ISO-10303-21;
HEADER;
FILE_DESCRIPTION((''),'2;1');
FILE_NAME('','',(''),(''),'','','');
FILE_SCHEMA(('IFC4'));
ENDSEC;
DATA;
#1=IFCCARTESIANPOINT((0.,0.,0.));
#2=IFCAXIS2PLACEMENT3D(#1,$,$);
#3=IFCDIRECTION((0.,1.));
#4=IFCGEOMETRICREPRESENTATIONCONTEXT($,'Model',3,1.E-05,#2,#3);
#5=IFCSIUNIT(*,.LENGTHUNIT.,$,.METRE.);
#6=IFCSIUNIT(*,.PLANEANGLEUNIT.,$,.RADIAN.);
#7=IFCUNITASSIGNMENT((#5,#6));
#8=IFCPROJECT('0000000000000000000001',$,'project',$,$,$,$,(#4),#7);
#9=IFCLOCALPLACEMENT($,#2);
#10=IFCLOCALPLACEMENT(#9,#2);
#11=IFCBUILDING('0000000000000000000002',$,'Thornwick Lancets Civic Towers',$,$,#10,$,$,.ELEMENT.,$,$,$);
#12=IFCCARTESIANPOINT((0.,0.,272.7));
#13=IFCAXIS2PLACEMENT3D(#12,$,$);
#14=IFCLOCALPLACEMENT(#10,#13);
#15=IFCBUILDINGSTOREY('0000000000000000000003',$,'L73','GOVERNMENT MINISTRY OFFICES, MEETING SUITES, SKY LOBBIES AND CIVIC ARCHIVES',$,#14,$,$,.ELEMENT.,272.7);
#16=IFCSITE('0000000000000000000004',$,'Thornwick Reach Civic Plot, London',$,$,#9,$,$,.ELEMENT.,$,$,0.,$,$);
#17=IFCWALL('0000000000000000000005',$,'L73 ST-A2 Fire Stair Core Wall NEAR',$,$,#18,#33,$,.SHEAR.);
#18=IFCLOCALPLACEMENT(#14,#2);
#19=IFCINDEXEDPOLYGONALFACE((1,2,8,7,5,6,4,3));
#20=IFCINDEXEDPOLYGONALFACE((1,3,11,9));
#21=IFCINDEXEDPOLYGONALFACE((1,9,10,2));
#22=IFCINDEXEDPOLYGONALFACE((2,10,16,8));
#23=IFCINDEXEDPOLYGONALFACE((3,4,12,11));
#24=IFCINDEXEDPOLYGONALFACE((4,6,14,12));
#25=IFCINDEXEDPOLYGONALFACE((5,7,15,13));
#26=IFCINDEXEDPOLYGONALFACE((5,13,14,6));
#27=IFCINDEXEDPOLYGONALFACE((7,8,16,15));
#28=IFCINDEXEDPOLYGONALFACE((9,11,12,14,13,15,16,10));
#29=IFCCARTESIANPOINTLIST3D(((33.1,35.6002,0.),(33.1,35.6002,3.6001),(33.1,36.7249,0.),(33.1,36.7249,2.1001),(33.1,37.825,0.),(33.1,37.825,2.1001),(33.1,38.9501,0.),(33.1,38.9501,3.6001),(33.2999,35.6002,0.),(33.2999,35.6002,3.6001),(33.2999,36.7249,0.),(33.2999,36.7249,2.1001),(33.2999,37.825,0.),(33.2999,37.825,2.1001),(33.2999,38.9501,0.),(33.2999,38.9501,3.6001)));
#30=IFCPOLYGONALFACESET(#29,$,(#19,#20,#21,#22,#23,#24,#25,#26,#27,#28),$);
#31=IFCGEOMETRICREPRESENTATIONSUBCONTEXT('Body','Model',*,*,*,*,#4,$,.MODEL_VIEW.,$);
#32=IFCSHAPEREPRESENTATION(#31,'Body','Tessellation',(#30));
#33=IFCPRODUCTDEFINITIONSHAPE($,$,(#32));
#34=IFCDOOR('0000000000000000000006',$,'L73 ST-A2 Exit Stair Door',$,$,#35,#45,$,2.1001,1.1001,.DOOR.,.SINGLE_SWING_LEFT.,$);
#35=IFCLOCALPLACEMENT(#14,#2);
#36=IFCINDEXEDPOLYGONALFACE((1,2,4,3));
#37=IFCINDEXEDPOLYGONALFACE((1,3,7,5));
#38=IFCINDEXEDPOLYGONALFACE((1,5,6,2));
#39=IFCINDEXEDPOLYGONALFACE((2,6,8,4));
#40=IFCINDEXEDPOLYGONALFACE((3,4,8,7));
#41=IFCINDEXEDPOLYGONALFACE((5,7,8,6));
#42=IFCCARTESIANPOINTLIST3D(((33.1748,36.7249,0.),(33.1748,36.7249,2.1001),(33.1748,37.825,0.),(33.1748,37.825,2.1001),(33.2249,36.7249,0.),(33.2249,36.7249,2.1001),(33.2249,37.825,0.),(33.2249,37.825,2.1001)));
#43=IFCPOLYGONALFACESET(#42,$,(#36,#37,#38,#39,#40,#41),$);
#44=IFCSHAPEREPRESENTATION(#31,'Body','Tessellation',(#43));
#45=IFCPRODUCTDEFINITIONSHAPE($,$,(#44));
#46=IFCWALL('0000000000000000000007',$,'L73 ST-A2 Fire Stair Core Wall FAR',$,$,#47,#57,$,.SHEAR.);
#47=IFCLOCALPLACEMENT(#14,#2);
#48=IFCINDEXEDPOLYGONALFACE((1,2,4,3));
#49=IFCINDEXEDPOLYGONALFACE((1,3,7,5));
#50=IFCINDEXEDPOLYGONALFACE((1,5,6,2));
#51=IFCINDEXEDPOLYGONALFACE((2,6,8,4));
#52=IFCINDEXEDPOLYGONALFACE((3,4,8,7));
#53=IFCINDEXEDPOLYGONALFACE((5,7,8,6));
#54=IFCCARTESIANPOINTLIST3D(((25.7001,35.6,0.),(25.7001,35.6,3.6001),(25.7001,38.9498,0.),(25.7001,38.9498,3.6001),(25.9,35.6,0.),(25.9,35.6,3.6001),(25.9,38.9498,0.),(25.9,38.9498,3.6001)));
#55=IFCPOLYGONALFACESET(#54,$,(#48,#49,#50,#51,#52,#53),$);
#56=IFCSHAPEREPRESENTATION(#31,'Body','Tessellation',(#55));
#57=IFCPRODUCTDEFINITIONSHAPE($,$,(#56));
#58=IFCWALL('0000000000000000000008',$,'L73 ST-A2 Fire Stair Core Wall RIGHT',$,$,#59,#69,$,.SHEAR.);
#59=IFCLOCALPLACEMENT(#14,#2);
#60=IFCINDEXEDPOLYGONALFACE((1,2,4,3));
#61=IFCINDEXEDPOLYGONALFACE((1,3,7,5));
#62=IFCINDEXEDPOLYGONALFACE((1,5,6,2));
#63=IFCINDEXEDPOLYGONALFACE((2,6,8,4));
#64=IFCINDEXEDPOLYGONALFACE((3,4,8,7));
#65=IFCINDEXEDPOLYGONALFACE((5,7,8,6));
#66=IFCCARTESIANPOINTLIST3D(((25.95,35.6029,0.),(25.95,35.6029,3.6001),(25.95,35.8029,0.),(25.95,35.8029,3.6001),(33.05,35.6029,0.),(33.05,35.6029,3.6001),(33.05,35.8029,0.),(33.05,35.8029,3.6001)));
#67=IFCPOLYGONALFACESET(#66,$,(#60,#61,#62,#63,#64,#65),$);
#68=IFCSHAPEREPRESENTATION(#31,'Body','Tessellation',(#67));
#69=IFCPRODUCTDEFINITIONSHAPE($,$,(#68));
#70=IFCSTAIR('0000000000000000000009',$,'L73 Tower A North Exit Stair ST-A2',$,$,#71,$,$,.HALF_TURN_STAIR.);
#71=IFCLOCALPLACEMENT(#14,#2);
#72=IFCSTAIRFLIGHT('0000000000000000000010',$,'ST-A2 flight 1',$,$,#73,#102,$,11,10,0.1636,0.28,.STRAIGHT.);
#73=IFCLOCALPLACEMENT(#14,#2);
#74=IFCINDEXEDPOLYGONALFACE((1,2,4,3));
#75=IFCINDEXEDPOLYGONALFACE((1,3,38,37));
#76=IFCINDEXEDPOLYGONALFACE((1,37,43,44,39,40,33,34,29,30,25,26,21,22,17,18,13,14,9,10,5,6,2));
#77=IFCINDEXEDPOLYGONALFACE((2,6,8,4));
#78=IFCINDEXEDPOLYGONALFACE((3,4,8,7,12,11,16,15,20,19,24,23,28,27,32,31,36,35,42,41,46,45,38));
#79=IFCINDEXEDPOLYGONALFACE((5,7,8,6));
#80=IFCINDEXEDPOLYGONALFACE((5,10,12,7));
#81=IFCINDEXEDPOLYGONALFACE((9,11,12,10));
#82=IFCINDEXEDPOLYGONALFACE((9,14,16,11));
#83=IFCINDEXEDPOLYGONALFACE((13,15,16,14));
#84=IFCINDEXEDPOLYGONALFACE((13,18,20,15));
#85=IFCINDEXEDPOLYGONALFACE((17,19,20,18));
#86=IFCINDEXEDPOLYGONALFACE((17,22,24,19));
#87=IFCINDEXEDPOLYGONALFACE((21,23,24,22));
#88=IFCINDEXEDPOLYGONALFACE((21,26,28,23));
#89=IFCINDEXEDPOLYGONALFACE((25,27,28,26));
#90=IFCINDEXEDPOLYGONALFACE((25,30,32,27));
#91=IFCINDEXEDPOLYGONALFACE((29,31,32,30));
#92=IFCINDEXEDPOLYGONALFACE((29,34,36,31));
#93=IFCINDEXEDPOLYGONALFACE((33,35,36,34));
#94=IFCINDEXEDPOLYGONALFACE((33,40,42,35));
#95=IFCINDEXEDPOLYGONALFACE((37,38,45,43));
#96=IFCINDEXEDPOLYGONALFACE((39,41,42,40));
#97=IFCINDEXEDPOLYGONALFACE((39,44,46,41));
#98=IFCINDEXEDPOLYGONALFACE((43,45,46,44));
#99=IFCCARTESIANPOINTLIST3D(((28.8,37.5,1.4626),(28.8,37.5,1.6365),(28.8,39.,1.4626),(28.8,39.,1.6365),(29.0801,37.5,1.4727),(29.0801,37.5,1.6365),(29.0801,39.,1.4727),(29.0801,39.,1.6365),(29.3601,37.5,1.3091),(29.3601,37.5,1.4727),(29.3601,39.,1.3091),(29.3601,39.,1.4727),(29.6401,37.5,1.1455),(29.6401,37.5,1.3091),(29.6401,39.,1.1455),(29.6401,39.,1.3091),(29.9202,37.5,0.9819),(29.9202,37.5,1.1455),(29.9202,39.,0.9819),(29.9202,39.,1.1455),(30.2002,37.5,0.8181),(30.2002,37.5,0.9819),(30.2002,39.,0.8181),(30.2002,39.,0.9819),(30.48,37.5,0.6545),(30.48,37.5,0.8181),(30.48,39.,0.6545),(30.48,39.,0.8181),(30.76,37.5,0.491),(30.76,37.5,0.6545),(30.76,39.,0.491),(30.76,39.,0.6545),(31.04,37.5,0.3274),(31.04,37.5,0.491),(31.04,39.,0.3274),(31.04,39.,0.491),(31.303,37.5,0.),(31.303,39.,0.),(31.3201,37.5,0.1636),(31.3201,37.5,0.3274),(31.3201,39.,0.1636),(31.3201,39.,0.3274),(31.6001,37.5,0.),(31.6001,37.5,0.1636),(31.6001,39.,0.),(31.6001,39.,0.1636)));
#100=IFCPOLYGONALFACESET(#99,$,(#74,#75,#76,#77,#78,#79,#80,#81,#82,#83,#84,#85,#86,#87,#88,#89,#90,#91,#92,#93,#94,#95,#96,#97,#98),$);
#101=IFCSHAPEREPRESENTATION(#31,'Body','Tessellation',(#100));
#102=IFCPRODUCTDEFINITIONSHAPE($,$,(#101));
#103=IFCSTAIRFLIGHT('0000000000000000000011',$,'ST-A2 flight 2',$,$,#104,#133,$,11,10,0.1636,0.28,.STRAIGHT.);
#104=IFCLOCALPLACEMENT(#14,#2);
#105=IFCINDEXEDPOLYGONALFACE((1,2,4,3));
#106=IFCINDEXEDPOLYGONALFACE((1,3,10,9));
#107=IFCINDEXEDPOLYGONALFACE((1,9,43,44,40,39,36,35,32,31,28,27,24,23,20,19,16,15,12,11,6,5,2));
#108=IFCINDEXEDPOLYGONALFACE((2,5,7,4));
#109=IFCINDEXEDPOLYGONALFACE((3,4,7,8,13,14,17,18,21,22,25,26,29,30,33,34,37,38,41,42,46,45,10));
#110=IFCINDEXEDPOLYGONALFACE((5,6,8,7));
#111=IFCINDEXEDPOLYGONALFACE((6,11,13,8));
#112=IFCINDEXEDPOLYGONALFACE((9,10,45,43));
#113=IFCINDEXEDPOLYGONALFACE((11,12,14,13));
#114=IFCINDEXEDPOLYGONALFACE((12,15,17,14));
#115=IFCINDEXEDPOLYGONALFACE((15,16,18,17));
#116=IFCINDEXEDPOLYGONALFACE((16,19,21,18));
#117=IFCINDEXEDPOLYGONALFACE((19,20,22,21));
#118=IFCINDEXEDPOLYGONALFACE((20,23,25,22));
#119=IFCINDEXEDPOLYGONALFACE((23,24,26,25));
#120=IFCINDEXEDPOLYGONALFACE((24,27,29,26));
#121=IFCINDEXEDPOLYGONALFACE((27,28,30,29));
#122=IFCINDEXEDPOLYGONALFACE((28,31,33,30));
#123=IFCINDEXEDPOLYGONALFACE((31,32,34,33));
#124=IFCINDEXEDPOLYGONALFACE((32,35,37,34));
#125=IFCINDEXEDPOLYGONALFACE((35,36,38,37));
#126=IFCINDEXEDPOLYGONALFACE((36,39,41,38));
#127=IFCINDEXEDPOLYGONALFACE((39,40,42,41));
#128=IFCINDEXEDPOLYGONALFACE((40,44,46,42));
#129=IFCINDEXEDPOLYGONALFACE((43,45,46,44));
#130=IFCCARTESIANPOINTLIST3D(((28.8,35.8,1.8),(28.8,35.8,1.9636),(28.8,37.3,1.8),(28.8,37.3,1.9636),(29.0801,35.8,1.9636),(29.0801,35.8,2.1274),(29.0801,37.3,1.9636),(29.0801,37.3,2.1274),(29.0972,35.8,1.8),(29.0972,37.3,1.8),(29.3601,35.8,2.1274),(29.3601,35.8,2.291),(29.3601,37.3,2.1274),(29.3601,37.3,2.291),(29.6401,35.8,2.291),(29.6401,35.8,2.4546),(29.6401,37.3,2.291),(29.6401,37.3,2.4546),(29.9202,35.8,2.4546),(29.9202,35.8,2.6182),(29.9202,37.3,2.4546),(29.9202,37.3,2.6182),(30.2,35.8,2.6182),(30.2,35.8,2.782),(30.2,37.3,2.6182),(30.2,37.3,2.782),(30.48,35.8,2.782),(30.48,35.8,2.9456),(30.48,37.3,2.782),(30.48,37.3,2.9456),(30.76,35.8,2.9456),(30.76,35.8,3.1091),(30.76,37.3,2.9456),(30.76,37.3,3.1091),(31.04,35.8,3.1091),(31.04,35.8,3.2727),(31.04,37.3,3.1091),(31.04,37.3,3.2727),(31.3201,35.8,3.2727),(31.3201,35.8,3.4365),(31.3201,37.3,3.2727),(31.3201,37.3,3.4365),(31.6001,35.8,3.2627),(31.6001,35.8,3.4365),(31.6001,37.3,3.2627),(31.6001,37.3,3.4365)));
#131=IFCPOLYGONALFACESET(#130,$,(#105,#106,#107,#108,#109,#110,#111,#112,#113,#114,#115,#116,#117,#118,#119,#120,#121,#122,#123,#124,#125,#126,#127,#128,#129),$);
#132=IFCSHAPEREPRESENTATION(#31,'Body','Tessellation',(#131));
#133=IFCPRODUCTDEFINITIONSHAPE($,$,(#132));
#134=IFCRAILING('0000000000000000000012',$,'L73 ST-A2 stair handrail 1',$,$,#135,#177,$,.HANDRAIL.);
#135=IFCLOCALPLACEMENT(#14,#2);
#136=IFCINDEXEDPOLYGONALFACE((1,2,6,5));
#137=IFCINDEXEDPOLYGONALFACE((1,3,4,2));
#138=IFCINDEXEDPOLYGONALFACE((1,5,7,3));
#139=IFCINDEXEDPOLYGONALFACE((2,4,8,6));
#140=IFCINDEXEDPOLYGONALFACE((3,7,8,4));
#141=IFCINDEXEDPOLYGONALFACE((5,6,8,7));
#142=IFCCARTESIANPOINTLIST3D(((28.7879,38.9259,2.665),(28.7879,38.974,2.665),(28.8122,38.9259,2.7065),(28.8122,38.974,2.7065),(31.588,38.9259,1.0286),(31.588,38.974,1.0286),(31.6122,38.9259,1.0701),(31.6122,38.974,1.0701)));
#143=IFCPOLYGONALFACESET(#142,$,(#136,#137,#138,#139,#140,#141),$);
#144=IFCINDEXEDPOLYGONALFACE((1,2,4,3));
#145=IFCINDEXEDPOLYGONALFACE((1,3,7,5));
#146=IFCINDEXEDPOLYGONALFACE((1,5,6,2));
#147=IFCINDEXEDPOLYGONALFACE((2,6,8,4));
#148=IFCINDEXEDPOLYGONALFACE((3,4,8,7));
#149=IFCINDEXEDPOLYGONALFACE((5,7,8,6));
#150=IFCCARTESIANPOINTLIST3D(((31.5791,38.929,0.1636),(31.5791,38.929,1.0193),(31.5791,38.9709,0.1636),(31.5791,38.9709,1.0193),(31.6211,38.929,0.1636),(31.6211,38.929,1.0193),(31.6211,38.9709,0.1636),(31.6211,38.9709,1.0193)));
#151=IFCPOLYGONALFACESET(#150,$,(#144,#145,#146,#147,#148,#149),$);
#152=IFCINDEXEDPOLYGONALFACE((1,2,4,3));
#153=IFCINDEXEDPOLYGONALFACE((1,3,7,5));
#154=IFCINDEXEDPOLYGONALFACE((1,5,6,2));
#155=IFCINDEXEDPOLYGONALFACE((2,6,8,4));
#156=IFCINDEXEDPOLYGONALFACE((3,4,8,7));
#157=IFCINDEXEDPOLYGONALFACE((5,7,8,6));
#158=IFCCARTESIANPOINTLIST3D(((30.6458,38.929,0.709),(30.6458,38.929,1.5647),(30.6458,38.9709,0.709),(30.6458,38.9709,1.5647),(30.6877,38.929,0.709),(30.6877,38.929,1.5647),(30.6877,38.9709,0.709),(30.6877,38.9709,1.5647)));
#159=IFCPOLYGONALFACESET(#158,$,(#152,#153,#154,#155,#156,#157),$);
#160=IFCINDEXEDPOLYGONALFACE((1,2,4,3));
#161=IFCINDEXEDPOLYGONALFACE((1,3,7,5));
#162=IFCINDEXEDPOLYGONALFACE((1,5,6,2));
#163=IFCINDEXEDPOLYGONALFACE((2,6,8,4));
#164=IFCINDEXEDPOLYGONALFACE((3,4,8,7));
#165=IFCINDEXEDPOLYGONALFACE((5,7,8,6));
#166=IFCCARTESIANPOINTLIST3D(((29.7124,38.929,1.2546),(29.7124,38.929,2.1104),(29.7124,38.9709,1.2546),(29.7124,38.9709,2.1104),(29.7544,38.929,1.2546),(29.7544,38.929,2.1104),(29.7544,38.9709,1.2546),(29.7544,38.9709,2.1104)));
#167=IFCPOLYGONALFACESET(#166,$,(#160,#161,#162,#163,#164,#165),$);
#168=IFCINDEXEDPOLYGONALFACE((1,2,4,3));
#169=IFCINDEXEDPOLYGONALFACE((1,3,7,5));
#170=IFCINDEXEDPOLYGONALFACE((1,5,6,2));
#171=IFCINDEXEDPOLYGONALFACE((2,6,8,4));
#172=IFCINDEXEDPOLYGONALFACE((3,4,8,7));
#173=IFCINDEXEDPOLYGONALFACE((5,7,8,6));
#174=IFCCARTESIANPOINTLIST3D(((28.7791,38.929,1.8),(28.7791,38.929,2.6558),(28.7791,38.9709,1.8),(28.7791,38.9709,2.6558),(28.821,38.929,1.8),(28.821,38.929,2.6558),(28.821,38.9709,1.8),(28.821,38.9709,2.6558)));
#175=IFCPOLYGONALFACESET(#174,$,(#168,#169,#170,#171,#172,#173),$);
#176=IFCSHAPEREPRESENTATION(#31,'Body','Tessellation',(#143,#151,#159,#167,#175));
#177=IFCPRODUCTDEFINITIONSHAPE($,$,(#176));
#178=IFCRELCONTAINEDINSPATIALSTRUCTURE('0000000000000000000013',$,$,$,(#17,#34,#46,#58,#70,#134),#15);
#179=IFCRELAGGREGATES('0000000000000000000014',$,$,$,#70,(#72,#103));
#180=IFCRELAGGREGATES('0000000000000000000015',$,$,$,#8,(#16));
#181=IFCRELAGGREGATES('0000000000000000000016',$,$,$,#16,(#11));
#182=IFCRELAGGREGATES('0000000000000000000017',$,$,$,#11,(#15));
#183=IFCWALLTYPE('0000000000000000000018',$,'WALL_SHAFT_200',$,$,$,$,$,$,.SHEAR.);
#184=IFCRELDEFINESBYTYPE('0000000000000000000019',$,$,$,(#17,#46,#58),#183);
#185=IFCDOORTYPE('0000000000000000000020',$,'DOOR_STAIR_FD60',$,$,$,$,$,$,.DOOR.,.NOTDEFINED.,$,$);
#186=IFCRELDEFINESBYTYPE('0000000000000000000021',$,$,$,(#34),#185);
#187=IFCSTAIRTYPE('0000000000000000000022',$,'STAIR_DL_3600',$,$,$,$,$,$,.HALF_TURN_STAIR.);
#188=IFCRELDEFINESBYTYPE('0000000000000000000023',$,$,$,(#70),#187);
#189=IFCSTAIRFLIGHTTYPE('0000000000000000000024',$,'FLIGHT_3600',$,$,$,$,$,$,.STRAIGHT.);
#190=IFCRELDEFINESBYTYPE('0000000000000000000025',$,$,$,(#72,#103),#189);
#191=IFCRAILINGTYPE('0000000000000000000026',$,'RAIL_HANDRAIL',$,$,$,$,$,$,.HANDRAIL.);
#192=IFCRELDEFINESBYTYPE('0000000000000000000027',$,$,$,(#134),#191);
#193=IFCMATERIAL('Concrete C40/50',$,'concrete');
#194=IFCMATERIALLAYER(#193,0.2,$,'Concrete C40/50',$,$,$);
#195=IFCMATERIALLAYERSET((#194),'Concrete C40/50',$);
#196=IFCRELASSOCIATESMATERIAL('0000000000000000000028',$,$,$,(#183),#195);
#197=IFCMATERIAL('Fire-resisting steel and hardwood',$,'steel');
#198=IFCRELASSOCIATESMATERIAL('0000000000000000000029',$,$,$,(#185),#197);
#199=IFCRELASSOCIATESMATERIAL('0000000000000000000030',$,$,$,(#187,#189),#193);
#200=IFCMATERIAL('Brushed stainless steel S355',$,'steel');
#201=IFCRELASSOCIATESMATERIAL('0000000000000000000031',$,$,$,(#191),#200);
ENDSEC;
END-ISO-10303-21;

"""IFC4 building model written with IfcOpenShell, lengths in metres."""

from ifc_helpers import new_model, si_unit, direction, frame, frame_2d, origin, origin_2d, place, context, subcontext, project, spatial, polyline, rectangle, outline, extrude, material, layer, layer_set, type_object, element, fill, aggregate, save


model = new_model("IFC4")

# Units and contexts
model_context = context("Model", 3, precision=1e-05, world=origin(), true_north=direction((0.0, 1.0)))
body_context = subcontext(model_context, "Body", "Model", "MODEL_VIEW")
ifc_project = project(units=[si_unit("LENGTHUNIT", "METRE"), si_unit("PLANEANGLEUNIT", "RADIAN")], contexts=[model_context])

# Site, building, storey
site_placement = place(None, origin())
site = spatial("IfcSite", under=ifc_project, at=site_placement, Name="Thornwick Reach Civic Plot, London", CompositionType="ELEMENT", RefElevation=0.0)
building_placement = place(site_placement, origin())
building = spatial("IfcBuilding", under=site, at=building_placement, Name="Thornwick Lancets Civic Towers", CompositionType="ELEMENT")
storey_placement = place(building_placement, frame((0.0, 0.0, 272.7)))
storey = spatial("IfcBuildingStorey", under=building, at=storey_placement, Name="L73", Description="GOVERNMENT MINISTRY OFFICES, MEETING SUITES, SKY LOBBIES AND CIVIC ARCHIVES", CompositionType="ELEMENT", Elevation=272.7)

# Shared definitions
ifc_material_1 = material(Name="Concrete C40/50", Category="concrete")

# Wall, opening, door
ifc_layer_1 = layer(ifc_material_1, 0.2, Name="Concrete C40/50")
ifc_layer_set_1 = layer_set([ifc_layer_1], Name="Concrete C40/50")
wall_type_1 = type_object("IfcWallType", Name="WALL_SHAFT_200", PredefinedType="SHEAR", material=ifc_layer_set_1)
wall_1_placement = place(storey_placement, frame((33.2, 38.95, 0.0), z_axis=(0.0, 0.0, 1.0), x_axis=(0.0, -1.0, 0.0)))
wall_1 = element("IfcWall", 1, at=wall_1_placement, inside=storey, type_object=wall_type_1, Name="L73 ST-A2 Fire Stair Core Wall NEAR", PredefinedType="SHEAR", context=body_context, shape_type="SweptSolid", body=[
    extrude(rectangle(XDim=3.3499, YDim=0.2, at=frame_2d((1.6748, 0.0))), origin(), (0.0, 0.0, 1.0), 3.6001),
])
opening_1_placement = place(wall_1_placement, frame((1.125, 0.0, 0.0)))
opening_1 = element("IfcOpeningElement", 2, at=opening_1_placement, cuts=wall_1, PredefinedType="OPENING", context=body_context, shape_type="SweptSolid", body=[
    extrude(rectangle(XDim=1.1001, YDim=2.1001, at=frame_2d((0.55, 1.05))), frame((0.0, 0.1099, 0.0), z_axis=(0.0, -1.0, 0.0), x_axis=(1.0, 0.0, 0.0)), (0.0, 0.0, 1.0), 0.22),
])
ifc_material_2 = material(Name="Fire-resisting steel and hardwood", Category="steel")
door_type_1 = type_object("IfcDoorType", Name="DOOR_STAIR_FD60", OperationType="NOTDEFINED", PredefinedType="DOOR", material=ifc_material_2)
door_1_placement = place(opening_1_placement, origin())
door_1 = element("IfcDoor", 3, at=door_1_placement, inside=storey, type_object=door_type_1, Name="L73 ST-A2 Exit Stair Door", OperationType="SINGLE_SWING_LEFT", OverallHeight=2.1001, OverallWidth=1.1001, PredefinedType="DOOR", context=body_context, shape_type="SweptSolid", body=[
    extrude(rectangle(XDim=1.1001, YDim=2.1001, at=frame_2d((0.55, 1.05))), frame((0.0, 0.0249, 0.0), z_axis=(0.0, -1.0, 0.0), x_axis=(1.0, 0.0, 0.0)), (0.0, 0.0, 1.0), 0.05),
])
fill(opening_1, door_1)

# Walls
wall_2_placement = place(storey_placement, frame((25.8, 35.6001, 0.0), z_axis=(0.0, 0.0, 1.0), x_axis=(0.0, 1.0, 0.0)))
element("IfcWall", 4, at=wall_2_placement, inside=storey, type_object=wall_type_1, Name="L73 ST-A2 Fire Stair Core Wall FAR", PredefinedType="SHEAR", context=body_context, shape_type="SweptSolid", body=[
    extrude(rectangle(XDim=3.3499, YDim=0.2, at=frame_2d((1.6748, 0.0))), origin(), (0.0, 0.0, 1.0), 3.6001),
])
wall_3_placement = place(storey_placement, frame((25.95, 35.7029, 0.0), z_axis=(0.0, 0.0, 1.0), x_axis=(1.0, 0.0, 0.0)))
element("IfcWall", 5, at=wall_3_placement, inside=storey, type_object=wall_type_1, Name="L73 ST-A2 Fire Stair Core Wall RIGHT", PredefinedType="SHEAR", context=body_context, shape_type="SweptSolid", body=[
    extrude(rectangle(XDim=7.1001, YDim=0.2, at=frame_2d((3.55, 0.0))), origin(), (0.0, 0.0, 1.0), 3.6001),
])

# Stair, stair flights
stair_type = type_object("IfcStairType", Name="STAIR_DL_3600", PredefinedType="HALF_TURN_STAIR", material=ifc_material_1)
stair_placement = place(storey_placement, origin())
stair = element("IfcStair", 6, at=stair_placement, inside=storey, type_object=stair_type, Name="L73 Tower A North Exit Stair ST-A2", PredefinedType="HALF_TURN_STAIR")
stair_flight_type = type_object("IfcStairFlightType", Name="FLIGHT_3600", PredefinedType="STRAIGHT", material=ifc_material_1)
stair_flight_1_placement = place(storey_placement, frame((31.6001, 38.25, 0.0), z_axis=(0.0, 0.0, 1.0), x_axis=(-1.0, 0.0, 0.0)))
stair_flight_1 = element("IfcStairFlight", 7, at=stair_flight_1_placement, type_object=stair_flight_type, Name="ST-A2 flight 1", NumberOfRisers=11, NumberOfTreads=10, PredefinedType="STRAIGHT", RiserHeight=0.1636, TreadLength=0.28, context=body_context, shape_type="SweptSolid", body=[
    extrude(outline(polyline([(0.0, 0.0), (0.0, 0.1636), (0.28, 0.1636), (0.28, 0.3274), (0.5601, 0.3274), (0.5601, 0.491), (0.8401, 0.491), (0.8401, 0.6545), (1.1201, 0.6545), (1.1201, 0.8181), (1.3999, 0.8181), (1.3999, 0.9819), (1.6799, 0.9819), (1.6799, 1.1455), (1.96, 1.1455), (1.96, 1.3091), (2.24, 1.3091), (2.24, 1.4727), (2.52, 1.4727), (2.52, 1.6365), (2.8, 1.6365), (2.8, 1.8), (2.8, 1.4626), (0.2971, 0.0), (0.0, 0.0)])), frame((0.0, 0.75, 0.0), z_axis=(0.0, -1.0, 0.0), x_axis=(1.0, 0.0, 0.0)), (0.0, 0.0, 1.0), 1.5),
])
stair_flight_2_placement = place(storey_placement, frame((28.8, 36.55, 1.8), z_axis=(0.0, 0.0, 1.0), x_axis=(1.0, 0.0, 0.0)))
stair_flight_2 = element("IfcStairFlight", 8, at=stair_flight_2_placement, type_object=stair_flight_type, Name="ST-A2 flight 2", NumberOfRisers=11, NumberOfTreads=10, PredefinedType="STRAIGHT", RiserHeight=0.1636, TreadLength=0.28, context=body_context, shape_type="SweptSolid", body=[
    extrude(outline(polyline([(0.0, 0.0), (0.0, 0.1636), (0.28, 0.1636), (0.28, 0.3274), (0.5601, 0.3274), (0.5601, 0.491), (0.8401, 0.491), (0.8401, 0.6545), (1.1201, 0.6545), (1.1201, 0.8181), (1.3999, 0.8181), (1.3999, 0.9819), (1.6799, 0.9819), (1.6799, 1.1455), (1.96, 1.1455), (1.96, 1.3091), (2.24, 1.3091), (2.24, 1.4727), (2.52, 1.4727), (2.52, 1.6365), (2.8, 1.6365), (2.8, 1.8), (2.8, 1.4626), (0.2971, 0.0), (0.0, 0.0)])), frame((0.0, 0.75, 0.0), z_axis=(0.0, -1.0, 0.0), x_axis=(1.0, 0.0, 0.0)), (0.0, 0.0, 1.0), 1.5),
])
aggregate(stair, [stair_flight_1, stair_flight_2])

# Railing
ifc_material_3 = material(Name="Brushed stainless steel S355", Category="steel")
railing_type_1 = type_object("IfcRailingType", Name="RAIL_HANDRAIL", PredefinedType="HANDRAIL", material=ifc_material_3)
railing_1_placement = place(storey_placement, frame((31.6001, 38.95, 0.1636)))
element("IfcRailing", 9, at=railing_1_placement, inside=storey, type_object=railing_type_1, Name="L73 ST-A2 stair handrail 1", PredefinedType="HANDRAIL", context=body_context, shape_type="SweptSolid", body=[
    extrude(rectangle(XDim=0.0481, YDim=0.0481, at=origin_2d()), frame((0.0, 0.0, 0.8857), z_axis=(-0.863361, 0.0, 0.504587), x_axis=(0.0, -1.0, 0.0)), (0.0, 0.0, 1.0), 3.2432),
    extrude(rectangle(XDim=0.042, YDim=0.042, at=origin_2d()), origin(), (0.0, 0.0, 1.0), 0.8557),
    extrude(rectangle(XDim=0.042, YDim=0.042, at=origin_2d()), frame((-0.9333, 0.0, 0.5454)), (0.0, 0.0, 1.0), 0.8557),
    extrude(rectangle(XDim=0.042, YDim=0.042, at=origin_2d()), frame((-1.8667, 0.0, 1.0911)), (0.0, 0.0, 1.0), 0.8557),
    extrude(rectangle(XDim=0.042, YDim=0.042, at=origin_2d()), frame((-2.8, 0.0, 1.6365)), (0.0, 0.0, 1.0), 0.8557),
])

save(model, "model.ifc")
